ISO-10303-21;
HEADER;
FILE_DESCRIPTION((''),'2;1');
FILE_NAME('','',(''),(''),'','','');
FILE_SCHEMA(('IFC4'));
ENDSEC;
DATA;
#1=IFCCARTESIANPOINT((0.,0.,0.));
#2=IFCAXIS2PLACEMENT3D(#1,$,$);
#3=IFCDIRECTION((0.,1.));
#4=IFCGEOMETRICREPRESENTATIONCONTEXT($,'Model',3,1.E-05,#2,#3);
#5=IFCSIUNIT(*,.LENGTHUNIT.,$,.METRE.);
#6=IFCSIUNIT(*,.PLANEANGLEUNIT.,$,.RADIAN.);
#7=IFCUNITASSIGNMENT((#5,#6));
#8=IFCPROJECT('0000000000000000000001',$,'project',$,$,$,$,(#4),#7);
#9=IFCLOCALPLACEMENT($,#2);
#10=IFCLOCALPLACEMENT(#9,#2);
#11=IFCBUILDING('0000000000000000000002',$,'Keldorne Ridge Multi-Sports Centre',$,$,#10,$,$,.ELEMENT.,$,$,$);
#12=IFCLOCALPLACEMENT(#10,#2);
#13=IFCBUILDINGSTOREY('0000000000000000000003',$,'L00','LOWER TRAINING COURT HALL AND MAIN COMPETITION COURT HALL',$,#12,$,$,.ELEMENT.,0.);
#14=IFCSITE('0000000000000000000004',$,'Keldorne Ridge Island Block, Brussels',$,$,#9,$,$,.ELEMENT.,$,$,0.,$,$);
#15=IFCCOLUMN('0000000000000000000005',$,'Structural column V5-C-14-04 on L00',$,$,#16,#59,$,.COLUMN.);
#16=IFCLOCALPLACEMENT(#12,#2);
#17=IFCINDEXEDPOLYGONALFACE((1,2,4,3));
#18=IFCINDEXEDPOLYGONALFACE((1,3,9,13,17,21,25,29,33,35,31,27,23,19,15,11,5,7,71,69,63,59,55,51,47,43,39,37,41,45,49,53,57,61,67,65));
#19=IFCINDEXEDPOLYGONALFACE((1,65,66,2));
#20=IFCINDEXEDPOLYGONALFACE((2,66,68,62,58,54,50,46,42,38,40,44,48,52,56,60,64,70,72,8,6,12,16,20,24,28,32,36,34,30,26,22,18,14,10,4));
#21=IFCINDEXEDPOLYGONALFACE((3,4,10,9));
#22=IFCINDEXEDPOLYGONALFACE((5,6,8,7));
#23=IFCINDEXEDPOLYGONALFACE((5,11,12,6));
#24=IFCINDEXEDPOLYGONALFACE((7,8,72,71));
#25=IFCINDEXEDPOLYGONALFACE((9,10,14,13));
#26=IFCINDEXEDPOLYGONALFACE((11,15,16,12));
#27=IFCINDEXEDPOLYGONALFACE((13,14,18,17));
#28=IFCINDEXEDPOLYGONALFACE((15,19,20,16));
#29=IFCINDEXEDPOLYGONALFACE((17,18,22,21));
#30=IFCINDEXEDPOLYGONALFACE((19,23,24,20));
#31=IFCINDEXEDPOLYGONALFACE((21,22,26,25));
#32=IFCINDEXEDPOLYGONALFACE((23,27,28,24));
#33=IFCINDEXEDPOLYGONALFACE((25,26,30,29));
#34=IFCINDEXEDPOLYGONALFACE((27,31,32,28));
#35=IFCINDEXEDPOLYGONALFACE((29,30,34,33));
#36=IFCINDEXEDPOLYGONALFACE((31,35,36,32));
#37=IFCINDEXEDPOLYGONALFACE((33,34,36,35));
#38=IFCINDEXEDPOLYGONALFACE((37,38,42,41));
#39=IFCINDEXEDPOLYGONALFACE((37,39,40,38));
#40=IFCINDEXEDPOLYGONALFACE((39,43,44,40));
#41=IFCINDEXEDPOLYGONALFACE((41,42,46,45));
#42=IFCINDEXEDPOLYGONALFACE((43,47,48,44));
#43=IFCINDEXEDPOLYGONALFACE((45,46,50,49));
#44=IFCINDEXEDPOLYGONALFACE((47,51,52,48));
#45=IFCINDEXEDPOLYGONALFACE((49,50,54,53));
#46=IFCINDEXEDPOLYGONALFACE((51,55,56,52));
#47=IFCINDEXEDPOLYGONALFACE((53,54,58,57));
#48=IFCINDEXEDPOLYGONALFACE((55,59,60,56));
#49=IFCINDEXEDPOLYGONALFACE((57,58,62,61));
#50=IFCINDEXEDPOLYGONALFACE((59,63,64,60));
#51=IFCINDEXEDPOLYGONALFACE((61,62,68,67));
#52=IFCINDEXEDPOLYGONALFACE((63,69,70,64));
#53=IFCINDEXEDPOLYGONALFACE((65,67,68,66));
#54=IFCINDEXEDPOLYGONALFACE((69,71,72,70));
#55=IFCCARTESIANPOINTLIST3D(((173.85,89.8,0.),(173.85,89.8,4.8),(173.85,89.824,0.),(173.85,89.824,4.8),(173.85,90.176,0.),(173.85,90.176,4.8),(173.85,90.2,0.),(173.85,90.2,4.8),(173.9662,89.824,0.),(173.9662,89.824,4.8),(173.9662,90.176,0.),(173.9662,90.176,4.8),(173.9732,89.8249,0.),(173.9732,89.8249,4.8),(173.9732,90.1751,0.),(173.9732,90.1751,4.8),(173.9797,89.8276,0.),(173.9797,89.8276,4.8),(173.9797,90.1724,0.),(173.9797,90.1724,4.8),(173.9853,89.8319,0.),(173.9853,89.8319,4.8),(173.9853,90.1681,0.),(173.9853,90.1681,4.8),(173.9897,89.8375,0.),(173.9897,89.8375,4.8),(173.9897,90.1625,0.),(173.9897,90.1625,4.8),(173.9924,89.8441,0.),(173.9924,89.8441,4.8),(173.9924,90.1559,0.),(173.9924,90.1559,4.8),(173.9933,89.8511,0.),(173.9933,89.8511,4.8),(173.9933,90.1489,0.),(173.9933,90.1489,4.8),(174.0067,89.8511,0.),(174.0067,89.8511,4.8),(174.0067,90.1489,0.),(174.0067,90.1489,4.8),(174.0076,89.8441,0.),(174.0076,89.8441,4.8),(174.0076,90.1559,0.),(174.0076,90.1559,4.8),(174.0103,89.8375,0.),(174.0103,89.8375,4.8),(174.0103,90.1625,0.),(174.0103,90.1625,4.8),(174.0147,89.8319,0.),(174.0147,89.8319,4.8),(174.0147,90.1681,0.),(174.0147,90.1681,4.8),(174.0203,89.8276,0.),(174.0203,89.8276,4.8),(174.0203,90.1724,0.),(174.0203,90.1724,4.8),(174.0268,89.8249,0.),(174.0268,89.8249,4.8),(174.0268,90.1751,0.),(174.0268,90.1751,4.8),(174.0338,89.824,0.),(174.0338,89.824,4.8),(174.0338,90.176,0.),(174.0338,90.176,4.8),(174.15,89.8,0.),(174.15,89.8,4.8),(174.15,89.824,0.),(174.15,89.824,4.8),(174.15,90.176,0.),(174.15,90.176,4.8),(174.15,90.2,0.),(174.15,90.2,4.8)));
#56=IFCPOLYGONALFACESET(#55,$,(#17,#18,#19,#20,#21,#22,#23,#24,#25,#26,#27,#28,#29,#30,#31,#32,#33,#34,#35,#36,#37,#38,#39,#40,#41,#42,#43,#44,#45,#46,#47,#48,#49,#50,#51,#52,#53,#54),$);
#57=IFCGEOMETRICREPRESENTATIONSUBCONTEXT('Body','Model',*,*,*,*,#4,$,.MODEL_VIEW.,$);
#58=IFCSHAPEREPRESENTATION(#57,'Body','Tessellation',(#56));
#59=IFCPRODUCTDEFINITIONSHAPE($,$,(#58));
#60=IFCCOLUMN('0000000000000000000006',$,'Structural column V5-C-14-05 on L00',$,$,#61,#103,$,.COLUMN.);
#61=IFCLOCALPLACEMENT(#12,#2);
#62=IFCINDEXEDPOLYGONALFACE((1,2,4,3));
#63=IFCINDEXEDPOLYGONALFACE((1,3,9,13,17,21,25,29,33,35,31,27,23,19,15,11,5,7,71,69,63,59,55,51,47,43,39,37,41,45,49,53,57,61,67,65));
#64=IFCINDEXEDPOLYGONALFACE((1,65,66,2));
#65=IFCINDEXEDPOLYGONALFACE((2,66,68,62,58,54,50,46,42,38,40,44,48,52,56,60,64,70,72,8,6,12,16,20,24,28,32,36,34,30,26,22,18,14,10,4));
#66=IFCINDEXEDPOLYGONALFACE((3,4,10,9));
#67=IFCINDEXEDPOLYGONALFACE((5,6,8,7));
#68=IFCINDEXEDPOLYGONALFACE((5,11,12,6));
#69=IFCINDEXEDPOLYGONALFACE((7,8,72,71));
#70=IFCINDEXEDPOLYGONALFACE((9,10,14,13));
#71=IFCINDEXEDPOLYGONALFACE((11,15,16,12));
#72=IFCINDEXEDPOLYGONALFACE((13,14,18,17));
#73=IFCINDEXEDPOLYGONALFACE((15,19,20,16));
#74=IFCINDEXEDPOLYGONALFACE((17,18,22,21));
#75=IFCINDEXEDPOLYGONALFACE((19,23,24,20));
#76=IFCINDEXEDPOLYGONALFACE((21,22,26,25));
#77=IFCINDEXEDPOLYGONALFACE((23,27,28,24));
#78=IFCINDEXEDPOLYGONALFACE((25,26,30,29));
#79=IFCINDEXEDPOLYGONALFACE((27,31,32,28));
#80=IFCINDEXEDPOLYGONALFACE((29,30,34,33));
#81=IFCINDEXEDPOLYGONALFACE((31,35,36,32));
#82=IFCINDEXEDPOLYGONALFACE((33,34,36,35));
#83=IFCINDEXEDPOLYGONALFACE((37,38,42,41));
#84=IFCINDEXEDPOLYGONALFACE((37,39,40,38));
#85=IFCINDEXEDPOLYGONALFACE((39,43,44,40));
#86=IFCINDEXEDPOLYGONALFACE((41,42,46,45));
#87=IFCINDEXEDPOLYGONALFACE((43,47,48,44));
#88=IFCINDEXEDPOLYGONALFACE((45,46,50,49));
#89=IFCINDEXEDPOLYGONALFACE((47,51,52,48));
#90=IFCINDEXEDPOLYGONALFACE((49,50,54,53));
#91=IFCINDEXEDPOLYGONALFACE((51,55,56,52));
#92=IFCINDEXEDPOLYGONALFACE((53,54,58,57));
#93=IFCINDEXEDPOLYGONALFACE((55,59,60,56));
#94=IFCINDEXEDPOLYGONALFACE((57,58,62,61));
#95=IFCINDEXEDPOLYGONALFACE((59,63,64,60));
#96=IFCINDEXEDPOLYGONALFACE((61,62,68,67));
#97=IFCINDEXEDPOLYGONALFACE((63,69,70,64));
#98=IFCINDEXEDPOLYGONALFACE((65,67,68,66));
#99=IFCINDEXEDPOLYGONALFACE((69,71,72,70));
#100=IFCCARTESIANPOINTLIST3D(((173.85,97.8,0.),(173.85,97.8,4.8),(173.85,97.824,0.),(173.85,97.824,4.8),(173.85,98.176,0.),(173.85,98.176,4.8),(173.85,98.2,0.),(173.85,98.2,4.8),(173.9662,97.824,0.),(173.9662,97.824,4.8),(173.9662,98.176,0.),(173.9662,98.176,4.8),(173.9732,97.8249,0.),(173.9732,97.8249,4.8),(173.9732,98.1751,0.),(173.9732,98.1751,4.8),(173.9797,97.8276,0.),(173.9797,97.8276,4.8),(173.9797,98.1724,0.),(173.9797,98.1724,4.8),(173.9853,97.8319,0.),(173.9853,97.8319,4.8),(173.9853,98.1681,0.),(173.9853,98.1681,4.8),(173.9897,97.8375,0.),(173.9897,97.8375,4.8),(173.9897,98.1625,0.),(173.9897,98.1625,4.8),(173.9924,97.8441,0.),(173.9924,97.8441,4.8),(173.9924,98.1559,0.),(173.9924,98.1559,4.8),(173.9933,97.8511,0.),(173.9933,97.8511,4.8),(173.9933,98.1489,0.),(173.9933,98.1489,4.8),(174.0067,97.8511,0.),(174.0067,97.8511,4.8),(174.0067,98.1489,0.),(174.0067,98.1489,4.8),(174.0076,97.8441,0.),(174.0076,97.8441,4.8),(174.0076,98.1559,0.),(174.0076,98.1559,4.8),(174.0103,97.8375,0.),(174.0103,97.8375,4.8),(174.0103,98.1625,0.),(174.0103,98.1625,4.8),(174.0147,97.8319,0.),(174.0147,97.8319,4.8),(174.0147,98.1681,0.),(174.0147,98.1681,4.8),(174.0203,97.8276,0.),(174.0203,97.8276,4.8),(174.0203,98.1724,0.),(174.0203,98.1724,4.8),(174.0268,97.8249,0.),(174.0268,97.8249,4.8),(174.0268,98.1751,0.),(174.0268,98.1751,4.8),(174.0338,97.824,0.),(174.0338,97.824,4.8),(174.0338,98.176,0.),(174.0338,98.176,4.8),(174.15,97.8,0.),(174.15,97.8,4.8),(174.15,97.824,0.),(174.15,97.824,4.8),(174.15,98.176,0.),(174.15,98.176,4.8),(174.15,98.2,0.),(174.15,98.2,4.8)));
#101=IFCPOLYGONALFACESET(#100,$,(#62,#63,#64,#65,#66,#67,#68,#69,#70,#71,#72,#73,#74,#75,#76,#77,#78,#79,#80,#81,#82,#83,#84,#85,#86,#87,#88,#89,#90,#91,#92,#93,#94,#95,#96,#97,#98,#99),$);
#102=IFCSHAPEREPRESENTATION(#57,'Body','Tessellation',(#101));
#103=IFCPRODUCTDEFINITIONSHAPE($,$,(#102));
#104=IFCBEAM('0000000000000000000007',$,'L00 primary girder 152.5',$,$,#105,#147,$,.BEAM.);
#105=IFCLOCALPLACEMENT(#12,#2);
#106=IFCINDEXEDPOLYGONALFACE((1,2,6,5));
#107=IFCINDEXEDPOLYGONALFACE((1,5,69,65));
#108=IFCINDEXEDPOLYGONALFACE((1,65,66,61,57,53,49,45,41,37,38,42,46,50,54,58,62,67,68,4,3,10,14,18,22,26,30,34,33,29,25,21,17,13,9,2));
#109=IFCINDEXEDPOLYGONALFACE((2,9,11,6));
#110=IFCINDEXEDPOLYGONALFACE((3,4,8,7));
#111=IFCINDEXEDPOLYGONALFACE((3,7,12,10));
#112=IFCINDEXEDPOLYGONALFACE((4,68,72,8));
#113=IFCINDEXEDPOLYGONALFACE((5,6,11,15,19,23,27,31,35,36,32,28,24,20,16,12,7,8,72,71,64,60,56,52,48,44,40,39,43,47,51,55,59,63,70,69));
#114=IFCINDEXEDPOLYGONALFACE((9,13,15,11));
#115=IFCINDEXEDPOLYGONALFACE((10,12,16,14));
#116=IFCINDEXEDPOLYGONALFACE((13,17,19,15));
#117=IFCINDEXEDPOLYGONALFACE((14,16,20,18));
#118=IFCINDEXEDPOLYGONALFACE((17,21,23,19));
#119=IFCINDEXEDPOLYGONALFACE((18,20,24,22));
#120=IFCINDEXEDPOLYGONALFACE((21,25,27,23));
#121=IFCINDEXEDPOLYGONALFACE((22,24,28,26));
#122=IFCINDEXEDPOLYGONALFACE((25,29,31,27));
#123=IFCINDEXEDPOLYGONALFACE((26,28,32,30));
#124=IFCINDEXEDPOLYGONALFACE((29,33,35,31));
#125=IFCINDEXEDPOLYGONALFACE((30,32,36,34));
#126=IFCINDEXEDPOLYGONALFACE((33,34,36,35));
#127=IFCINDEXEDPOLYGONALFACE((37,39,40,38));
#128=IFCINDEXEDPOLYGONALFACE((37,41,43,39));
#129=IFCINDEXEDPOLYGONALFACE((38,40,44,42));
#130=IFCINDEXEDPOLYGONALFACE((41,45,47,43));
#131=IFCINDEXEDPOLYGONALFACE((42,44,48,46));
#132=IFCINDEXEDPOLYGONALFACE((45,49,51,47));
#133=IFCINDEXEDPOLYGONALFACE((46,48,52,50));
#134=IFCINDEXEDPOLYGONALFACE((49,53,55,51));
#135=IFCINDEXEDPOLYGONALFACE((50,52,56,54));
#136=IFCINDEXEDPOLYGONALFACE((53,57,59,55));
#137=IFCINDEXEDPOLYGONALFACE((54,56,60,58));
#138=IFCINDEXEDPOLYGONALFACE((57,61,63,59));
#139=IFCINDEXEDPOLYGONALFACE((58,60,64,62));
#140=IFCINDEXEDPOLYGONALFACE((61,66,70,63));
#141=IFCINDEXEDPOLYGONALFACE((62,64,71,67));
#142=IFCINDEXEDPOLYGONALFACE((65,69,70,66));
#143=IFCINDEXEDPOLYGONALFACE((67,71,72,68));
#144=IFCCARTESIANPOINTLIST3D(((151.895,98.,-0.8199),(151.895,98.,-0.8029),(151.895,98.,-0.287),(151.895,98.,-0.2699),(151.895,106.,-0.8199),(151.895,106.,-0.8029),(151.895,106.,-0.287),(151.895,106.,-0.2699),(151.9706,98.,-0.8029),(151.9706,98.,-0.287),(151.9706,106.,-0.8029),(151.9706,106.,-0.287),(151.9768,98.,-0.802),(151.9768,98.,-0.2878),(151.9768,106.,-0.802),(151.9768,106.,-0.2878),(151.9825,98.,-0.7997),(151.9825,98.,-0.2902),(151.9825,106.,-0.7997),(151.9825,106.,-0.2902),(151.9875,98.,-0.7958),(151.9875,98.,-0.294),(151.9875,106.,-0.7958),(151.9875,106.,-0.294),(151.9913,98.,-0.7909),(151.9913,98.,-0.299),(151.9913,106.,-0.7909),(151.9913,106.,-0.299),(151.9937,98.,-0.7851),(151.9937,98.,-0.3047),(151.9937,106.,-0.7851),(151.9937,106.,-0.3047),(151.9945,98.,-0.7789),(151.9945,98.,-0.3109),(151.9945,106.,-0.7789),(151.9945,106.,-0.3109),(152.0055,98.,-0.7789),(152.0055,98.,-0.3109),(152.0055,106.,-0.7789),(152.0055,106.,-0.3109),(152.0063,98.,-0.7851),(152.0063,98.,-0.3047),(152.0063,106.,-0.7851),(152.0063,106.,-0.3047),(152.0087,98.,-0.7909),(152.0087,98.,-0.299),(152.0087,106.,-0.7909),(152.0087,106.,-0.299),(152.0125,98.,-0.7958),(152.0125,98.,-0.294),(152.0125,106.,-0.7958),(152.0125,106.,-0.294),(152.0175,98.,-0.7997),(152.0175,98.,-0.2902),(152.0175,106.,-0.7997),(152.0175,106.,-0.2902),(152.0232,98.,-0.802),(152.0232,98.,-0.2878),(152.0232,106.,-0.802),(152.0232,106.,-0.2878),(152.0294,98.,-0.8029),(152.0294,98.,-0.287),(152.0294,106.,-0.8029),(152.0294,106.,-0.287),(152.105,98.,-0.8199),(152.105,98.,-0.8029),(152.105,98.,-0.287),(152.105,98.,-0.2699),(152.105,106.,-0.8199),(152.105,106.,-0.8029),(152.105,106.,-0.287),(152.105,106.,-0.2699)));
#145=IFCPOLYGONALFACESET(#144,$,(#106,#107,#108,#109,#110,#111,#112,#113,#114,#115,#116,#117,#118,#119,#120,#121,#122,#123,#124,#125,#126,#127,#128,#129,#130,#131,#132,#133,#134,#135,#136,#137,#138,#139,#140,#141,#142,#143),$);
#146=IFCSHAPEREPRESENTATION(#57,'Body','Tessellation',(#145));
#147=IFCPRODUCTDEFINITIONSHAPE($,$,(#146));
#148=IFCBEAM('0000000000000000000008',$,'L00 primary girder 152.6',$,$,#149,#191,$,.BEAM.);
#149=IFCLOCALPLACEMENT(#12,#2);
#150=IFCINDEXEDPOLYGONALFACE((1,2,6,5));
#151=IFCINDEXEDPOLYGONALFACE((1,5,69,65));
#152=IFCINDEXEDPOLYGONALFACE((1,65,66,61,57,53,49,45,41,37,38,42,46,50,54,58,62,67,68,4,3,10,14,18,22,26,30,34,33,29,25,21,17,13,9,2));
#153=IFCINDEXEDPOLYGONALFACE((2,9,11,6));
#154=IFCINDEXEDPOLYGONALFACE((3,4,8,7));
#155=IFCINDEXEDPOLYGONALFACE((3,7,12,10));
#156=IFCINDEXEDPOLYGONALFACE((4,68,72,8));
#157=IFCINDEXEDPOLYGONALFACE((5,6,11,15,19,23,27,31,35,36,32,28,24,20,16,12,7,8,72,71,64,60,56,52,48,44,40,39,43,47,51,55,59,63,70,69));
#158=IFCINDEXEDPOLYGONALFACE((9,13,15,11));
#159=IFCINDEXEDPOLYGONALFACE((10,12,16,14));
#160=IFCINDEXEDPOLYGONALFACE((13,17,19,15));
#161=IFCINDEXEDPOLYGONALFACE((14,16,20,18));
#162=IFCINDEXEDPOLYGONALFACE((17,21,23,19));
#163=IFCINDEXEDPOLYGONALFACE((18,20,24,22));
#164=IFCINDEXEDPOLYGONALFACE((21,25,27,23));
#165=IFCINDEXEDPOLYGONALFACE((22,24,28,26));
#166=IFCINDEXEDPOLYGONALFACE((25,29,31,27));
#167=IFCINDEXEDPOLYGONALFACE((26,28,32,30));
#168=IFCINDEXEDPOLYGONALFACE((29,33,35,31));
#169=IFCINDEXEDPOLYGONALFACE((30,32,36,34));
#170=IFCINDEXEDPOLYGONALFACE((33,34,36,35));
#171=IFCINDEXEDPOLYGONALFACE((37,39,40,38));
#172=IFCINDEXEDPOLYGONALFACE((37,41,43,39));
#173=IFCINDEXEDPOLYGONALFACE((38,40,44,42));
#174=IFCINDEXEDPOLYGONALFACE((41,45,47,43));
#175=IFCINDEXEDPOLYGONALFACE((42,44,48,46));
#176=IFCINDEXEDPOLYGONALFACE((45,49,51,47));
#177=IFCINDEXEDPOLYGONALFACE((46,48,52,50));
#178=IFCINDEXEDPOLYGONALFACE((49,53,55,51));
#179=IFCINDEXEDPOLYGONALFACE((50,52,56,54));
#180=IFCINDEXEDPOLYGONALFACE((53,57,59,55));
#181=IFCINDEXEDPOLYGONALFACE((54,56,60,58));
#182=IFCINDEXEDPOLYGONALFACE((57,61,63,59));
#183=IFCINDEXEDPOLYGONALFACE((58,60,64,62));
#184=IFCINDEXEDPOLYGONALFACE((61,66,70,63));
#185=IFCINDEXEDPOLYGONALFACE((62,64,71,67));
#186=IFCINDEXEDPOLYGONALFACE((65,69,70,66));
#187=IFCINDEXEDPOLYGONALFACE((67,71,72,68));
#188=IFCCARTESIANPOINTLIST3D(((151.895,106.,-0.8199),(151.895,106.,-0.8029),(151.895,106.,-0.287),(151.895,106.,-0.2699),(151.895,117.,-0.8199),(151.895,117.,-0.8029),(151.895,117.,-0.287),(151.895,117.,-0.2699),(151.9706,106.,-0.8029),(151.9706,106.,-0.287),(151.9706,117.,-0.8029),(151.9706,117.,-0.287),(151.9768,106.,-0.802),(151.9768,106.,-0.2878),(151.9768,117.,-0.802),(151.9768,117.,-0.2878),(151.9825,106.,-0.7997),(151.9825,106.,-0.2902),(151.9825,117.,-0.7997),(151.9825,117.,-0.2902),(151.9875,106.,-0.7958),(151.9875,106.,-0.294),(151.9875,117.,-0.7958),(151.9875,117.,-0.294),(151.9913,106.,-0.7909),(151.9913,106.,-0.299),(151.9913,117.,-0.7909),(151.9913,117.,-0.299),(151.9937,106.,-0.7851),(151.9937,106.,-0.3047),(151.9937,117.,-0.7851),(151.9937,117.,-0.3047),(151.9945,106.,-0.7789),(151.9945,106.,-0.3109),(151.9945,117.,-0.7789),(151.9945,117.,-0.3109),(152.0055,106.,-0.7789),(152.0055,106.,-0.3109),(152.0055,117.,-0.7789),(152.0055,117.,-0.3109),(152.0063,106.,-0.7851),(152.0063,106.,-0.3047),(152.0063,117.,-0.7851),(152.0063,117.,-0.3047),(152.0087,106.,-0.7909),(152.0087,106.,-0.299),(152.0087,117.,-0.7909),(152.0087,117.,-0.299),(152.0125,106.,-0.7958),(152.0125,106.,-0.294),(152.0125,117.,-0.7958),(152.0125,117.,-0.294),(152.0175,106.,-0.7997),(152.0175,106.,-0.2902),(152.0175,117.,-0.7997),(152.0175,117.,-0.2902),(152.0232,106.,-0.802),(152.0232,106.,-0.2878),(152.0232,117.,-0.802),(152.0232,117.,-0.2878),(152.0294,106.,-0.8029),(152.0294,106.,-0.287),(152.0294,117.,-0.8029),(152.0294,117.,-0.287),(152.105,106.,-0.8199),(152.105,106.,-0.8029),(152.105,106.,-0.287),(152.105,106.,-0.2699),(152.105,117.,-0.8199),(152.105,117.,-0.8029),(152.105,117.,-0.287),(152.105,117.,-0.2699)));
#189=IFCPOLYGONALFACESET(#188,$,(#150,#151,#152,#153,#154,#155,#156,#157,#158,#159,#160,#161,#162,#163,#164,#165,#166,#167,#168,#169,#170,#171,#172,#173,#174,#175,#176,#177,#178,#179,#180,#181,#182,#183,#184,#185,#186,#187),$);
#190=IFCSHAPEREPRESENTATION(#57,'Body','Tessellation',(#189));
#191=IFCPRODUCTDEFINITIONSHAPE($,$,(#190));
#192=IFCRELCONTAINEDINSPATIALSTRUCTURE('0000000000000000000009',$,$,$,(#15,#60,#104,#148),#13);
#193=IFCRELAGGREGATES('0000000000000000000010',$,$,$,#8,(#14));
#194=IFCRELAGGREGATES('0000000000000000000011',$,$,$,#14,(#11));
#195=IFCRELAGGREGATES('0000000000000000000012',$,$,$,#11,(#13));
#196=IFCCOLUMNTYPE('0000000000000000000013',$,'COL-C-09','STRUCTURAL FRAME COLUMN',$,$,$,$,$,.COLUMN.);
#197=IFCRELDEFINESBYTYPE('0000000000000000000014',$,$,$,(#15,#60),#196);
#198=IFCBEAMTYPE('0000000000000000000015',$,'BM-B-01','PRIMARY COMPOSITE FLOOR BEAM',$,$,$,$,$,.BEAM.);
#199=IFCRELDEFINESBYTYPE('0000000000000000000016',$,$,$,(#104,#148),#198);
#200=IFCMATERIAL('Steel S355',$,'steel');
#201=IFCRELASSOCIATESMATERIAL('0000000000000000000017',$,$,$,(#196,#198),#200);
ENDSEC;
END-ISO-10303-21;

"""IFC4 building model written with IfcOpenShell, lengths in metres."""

from ifc_helpers import new_model, si_unit, direction, frame, origin, origin_2d, place, context, subcontext, project, spatial, i_section, extrude, material, material_profile, profile_set, type_object, element, save


model = new_model("IFC4")

# Units and contexts
model_context = context("Model", 3, precision=1e-05, world=origin(), true_north=direction((0.0, 1.0)))
body_context = subcontext(model_context, "Body", "Model", "MODEL_VIEW")
ifc_project = project(units=[si_unit("LENGTHUNIT", "METRE"), si_unit("PLANEANGLEUNIT", "RADIAN")], contexts=[model_context])

# Site, building, storey
site_placement = place(None, origin())
site = spatial("IfcSite", under=ifc_project, at=site_placement, Name="Keldorne Ridge Island Block, Brussels", CompositionType="ELEMENT", RefElevation=0.0)
building_placement = place(site_placement, origin())
building = spatial("IfcBuilding", under=site, at=building_placement, Name="Keldorne Ridge Multi-Sports Centre", CompositionType="ELEMENT")
storey_placement = place(building_placement, origin())
storey = spatial("IfcBuildingStorey", under=building, at=storey_placement, Name="L00", Description="LOWER TRAINING COURT HALL AND MAIN COMPETITION COURT HALL", CompositionType="ELEMENT", Elevation=0.0)

# Columns
ifc_material_1 = material(Name="Steel S355", Category="steel")
ifc_material_profile_1 = material_profile(ifc_material_1, i_section(OverallWidth=0.3, OverallDepth=0.3999, WebThickness=0.0134, FlangeThickness=0.0239, FilletRadius=0.0271, at=origin_2d()), Name="HEB 400")
ifc_profile_set_1 = profile_set([ifc_material_profile_1], Name="Steel S355")
column_type = type_object("IfcColumnType", Name="COL-C-09", Description="STRUCTURAL FRAME COLUMN", PredefinedType="COLUMN", material=ifc_profile_set_1)
for number, where, z_axis, x_axis, name in (
    (1, (174.0, 90.0, 0.0), (0.0, 0.0, 1.0), (1.0, 0.0, 0.0), "Structural column V5-C-14-04 on L00"),
    (2, (174.0, 98.0, 0.0), (0.0, 0.0, 1.0), (1.0, 0.0, 0.0), "Structural column V5-C-14-05 on L00"),
):
    element("IfcColumn", number, at=place(storey_placement, frame(where, z_axis=z_axis, x_axis=x_axis)), inside=storey, type_object=column_type, Name=name, PredefinedType="COLUMN", context=body_context, shape_type="SweptSolid", body=[
        extrude(i_section(OverallWidth=0.3, OverallDepth=0.3999, WebThickness=0.0134, FlangeThickness=0.0239, FilletRadius=0.0271, at=origin_2d()), origin(), (0.0, 0.0, 1.0), 4.8),
    ])

# Beams
ifc_material_profile_2 = material_profile(ifc_material_1, i_section(OverallWidth=0.21, OverallDepth=0.55, WebThickness=0.011, FlangeThickness=0.0171, FilletRadius=0.0239, at=origin_2d()), Name="IPE 550")
ifc_profile_set_2 = profile_set([ifc_material_profile_2], Name="Steel S355")
beam_type_1 = type_object("IfcBeamType", Name="BM-B-01", Description="PRIMARY COMPOSITE FLOOR BEAM", PredefinedType="BEAM", material=ifc_profile_set_2)
beam_1_placement = place(storey_placement, frame((152.0, 98.0, -0.5449), z_axis=(0.0, 1.0, 0.0), x_axis=(-1.0, 0.0, 0.0)))
element("IfcBeam", 3, at=beam_1_placement, inside=storey, type_object=beam_type_1, Name="L00 primary girder 152.5", PredefinedType="BEAM", context=body_context, shape_type="SweptSolid", body=[
    extrude(i_section(OverallWidth=0.21, OverallDepth=0.55, WebThickness=0.011, FlangeThickness=0.0171, FilletRadius=0.0239, at=origin_2d()), origin(), (0.0, 0.0, 1.0), 8.0),
])
beam_2_placement = place(storey_placement, frame((152.0, 106.0, -0.5449), z_axis=(0.0, 1.0, 0.0), x_axis=(-1.0, 0.0, 0.0)))
element("IfcBeam", 4, at=beam_2_placement, inside=storey, type_object=beam_type_1, Name="L00 primary girder 152.6", PredefinedType="BEAM", context=body_context, shape_type="SweptSolid", body=[
    extrude(i_section(OverallWidth=0.21, OverallDepth=0.55, WebThickness=0.011, FlangeThickness=0.0171, FilletRadius=0.0239, at=origin_2d()), origin(), (0.0, 0.0, 1.0), 11.0),
])

save(model, "model.ifc")
